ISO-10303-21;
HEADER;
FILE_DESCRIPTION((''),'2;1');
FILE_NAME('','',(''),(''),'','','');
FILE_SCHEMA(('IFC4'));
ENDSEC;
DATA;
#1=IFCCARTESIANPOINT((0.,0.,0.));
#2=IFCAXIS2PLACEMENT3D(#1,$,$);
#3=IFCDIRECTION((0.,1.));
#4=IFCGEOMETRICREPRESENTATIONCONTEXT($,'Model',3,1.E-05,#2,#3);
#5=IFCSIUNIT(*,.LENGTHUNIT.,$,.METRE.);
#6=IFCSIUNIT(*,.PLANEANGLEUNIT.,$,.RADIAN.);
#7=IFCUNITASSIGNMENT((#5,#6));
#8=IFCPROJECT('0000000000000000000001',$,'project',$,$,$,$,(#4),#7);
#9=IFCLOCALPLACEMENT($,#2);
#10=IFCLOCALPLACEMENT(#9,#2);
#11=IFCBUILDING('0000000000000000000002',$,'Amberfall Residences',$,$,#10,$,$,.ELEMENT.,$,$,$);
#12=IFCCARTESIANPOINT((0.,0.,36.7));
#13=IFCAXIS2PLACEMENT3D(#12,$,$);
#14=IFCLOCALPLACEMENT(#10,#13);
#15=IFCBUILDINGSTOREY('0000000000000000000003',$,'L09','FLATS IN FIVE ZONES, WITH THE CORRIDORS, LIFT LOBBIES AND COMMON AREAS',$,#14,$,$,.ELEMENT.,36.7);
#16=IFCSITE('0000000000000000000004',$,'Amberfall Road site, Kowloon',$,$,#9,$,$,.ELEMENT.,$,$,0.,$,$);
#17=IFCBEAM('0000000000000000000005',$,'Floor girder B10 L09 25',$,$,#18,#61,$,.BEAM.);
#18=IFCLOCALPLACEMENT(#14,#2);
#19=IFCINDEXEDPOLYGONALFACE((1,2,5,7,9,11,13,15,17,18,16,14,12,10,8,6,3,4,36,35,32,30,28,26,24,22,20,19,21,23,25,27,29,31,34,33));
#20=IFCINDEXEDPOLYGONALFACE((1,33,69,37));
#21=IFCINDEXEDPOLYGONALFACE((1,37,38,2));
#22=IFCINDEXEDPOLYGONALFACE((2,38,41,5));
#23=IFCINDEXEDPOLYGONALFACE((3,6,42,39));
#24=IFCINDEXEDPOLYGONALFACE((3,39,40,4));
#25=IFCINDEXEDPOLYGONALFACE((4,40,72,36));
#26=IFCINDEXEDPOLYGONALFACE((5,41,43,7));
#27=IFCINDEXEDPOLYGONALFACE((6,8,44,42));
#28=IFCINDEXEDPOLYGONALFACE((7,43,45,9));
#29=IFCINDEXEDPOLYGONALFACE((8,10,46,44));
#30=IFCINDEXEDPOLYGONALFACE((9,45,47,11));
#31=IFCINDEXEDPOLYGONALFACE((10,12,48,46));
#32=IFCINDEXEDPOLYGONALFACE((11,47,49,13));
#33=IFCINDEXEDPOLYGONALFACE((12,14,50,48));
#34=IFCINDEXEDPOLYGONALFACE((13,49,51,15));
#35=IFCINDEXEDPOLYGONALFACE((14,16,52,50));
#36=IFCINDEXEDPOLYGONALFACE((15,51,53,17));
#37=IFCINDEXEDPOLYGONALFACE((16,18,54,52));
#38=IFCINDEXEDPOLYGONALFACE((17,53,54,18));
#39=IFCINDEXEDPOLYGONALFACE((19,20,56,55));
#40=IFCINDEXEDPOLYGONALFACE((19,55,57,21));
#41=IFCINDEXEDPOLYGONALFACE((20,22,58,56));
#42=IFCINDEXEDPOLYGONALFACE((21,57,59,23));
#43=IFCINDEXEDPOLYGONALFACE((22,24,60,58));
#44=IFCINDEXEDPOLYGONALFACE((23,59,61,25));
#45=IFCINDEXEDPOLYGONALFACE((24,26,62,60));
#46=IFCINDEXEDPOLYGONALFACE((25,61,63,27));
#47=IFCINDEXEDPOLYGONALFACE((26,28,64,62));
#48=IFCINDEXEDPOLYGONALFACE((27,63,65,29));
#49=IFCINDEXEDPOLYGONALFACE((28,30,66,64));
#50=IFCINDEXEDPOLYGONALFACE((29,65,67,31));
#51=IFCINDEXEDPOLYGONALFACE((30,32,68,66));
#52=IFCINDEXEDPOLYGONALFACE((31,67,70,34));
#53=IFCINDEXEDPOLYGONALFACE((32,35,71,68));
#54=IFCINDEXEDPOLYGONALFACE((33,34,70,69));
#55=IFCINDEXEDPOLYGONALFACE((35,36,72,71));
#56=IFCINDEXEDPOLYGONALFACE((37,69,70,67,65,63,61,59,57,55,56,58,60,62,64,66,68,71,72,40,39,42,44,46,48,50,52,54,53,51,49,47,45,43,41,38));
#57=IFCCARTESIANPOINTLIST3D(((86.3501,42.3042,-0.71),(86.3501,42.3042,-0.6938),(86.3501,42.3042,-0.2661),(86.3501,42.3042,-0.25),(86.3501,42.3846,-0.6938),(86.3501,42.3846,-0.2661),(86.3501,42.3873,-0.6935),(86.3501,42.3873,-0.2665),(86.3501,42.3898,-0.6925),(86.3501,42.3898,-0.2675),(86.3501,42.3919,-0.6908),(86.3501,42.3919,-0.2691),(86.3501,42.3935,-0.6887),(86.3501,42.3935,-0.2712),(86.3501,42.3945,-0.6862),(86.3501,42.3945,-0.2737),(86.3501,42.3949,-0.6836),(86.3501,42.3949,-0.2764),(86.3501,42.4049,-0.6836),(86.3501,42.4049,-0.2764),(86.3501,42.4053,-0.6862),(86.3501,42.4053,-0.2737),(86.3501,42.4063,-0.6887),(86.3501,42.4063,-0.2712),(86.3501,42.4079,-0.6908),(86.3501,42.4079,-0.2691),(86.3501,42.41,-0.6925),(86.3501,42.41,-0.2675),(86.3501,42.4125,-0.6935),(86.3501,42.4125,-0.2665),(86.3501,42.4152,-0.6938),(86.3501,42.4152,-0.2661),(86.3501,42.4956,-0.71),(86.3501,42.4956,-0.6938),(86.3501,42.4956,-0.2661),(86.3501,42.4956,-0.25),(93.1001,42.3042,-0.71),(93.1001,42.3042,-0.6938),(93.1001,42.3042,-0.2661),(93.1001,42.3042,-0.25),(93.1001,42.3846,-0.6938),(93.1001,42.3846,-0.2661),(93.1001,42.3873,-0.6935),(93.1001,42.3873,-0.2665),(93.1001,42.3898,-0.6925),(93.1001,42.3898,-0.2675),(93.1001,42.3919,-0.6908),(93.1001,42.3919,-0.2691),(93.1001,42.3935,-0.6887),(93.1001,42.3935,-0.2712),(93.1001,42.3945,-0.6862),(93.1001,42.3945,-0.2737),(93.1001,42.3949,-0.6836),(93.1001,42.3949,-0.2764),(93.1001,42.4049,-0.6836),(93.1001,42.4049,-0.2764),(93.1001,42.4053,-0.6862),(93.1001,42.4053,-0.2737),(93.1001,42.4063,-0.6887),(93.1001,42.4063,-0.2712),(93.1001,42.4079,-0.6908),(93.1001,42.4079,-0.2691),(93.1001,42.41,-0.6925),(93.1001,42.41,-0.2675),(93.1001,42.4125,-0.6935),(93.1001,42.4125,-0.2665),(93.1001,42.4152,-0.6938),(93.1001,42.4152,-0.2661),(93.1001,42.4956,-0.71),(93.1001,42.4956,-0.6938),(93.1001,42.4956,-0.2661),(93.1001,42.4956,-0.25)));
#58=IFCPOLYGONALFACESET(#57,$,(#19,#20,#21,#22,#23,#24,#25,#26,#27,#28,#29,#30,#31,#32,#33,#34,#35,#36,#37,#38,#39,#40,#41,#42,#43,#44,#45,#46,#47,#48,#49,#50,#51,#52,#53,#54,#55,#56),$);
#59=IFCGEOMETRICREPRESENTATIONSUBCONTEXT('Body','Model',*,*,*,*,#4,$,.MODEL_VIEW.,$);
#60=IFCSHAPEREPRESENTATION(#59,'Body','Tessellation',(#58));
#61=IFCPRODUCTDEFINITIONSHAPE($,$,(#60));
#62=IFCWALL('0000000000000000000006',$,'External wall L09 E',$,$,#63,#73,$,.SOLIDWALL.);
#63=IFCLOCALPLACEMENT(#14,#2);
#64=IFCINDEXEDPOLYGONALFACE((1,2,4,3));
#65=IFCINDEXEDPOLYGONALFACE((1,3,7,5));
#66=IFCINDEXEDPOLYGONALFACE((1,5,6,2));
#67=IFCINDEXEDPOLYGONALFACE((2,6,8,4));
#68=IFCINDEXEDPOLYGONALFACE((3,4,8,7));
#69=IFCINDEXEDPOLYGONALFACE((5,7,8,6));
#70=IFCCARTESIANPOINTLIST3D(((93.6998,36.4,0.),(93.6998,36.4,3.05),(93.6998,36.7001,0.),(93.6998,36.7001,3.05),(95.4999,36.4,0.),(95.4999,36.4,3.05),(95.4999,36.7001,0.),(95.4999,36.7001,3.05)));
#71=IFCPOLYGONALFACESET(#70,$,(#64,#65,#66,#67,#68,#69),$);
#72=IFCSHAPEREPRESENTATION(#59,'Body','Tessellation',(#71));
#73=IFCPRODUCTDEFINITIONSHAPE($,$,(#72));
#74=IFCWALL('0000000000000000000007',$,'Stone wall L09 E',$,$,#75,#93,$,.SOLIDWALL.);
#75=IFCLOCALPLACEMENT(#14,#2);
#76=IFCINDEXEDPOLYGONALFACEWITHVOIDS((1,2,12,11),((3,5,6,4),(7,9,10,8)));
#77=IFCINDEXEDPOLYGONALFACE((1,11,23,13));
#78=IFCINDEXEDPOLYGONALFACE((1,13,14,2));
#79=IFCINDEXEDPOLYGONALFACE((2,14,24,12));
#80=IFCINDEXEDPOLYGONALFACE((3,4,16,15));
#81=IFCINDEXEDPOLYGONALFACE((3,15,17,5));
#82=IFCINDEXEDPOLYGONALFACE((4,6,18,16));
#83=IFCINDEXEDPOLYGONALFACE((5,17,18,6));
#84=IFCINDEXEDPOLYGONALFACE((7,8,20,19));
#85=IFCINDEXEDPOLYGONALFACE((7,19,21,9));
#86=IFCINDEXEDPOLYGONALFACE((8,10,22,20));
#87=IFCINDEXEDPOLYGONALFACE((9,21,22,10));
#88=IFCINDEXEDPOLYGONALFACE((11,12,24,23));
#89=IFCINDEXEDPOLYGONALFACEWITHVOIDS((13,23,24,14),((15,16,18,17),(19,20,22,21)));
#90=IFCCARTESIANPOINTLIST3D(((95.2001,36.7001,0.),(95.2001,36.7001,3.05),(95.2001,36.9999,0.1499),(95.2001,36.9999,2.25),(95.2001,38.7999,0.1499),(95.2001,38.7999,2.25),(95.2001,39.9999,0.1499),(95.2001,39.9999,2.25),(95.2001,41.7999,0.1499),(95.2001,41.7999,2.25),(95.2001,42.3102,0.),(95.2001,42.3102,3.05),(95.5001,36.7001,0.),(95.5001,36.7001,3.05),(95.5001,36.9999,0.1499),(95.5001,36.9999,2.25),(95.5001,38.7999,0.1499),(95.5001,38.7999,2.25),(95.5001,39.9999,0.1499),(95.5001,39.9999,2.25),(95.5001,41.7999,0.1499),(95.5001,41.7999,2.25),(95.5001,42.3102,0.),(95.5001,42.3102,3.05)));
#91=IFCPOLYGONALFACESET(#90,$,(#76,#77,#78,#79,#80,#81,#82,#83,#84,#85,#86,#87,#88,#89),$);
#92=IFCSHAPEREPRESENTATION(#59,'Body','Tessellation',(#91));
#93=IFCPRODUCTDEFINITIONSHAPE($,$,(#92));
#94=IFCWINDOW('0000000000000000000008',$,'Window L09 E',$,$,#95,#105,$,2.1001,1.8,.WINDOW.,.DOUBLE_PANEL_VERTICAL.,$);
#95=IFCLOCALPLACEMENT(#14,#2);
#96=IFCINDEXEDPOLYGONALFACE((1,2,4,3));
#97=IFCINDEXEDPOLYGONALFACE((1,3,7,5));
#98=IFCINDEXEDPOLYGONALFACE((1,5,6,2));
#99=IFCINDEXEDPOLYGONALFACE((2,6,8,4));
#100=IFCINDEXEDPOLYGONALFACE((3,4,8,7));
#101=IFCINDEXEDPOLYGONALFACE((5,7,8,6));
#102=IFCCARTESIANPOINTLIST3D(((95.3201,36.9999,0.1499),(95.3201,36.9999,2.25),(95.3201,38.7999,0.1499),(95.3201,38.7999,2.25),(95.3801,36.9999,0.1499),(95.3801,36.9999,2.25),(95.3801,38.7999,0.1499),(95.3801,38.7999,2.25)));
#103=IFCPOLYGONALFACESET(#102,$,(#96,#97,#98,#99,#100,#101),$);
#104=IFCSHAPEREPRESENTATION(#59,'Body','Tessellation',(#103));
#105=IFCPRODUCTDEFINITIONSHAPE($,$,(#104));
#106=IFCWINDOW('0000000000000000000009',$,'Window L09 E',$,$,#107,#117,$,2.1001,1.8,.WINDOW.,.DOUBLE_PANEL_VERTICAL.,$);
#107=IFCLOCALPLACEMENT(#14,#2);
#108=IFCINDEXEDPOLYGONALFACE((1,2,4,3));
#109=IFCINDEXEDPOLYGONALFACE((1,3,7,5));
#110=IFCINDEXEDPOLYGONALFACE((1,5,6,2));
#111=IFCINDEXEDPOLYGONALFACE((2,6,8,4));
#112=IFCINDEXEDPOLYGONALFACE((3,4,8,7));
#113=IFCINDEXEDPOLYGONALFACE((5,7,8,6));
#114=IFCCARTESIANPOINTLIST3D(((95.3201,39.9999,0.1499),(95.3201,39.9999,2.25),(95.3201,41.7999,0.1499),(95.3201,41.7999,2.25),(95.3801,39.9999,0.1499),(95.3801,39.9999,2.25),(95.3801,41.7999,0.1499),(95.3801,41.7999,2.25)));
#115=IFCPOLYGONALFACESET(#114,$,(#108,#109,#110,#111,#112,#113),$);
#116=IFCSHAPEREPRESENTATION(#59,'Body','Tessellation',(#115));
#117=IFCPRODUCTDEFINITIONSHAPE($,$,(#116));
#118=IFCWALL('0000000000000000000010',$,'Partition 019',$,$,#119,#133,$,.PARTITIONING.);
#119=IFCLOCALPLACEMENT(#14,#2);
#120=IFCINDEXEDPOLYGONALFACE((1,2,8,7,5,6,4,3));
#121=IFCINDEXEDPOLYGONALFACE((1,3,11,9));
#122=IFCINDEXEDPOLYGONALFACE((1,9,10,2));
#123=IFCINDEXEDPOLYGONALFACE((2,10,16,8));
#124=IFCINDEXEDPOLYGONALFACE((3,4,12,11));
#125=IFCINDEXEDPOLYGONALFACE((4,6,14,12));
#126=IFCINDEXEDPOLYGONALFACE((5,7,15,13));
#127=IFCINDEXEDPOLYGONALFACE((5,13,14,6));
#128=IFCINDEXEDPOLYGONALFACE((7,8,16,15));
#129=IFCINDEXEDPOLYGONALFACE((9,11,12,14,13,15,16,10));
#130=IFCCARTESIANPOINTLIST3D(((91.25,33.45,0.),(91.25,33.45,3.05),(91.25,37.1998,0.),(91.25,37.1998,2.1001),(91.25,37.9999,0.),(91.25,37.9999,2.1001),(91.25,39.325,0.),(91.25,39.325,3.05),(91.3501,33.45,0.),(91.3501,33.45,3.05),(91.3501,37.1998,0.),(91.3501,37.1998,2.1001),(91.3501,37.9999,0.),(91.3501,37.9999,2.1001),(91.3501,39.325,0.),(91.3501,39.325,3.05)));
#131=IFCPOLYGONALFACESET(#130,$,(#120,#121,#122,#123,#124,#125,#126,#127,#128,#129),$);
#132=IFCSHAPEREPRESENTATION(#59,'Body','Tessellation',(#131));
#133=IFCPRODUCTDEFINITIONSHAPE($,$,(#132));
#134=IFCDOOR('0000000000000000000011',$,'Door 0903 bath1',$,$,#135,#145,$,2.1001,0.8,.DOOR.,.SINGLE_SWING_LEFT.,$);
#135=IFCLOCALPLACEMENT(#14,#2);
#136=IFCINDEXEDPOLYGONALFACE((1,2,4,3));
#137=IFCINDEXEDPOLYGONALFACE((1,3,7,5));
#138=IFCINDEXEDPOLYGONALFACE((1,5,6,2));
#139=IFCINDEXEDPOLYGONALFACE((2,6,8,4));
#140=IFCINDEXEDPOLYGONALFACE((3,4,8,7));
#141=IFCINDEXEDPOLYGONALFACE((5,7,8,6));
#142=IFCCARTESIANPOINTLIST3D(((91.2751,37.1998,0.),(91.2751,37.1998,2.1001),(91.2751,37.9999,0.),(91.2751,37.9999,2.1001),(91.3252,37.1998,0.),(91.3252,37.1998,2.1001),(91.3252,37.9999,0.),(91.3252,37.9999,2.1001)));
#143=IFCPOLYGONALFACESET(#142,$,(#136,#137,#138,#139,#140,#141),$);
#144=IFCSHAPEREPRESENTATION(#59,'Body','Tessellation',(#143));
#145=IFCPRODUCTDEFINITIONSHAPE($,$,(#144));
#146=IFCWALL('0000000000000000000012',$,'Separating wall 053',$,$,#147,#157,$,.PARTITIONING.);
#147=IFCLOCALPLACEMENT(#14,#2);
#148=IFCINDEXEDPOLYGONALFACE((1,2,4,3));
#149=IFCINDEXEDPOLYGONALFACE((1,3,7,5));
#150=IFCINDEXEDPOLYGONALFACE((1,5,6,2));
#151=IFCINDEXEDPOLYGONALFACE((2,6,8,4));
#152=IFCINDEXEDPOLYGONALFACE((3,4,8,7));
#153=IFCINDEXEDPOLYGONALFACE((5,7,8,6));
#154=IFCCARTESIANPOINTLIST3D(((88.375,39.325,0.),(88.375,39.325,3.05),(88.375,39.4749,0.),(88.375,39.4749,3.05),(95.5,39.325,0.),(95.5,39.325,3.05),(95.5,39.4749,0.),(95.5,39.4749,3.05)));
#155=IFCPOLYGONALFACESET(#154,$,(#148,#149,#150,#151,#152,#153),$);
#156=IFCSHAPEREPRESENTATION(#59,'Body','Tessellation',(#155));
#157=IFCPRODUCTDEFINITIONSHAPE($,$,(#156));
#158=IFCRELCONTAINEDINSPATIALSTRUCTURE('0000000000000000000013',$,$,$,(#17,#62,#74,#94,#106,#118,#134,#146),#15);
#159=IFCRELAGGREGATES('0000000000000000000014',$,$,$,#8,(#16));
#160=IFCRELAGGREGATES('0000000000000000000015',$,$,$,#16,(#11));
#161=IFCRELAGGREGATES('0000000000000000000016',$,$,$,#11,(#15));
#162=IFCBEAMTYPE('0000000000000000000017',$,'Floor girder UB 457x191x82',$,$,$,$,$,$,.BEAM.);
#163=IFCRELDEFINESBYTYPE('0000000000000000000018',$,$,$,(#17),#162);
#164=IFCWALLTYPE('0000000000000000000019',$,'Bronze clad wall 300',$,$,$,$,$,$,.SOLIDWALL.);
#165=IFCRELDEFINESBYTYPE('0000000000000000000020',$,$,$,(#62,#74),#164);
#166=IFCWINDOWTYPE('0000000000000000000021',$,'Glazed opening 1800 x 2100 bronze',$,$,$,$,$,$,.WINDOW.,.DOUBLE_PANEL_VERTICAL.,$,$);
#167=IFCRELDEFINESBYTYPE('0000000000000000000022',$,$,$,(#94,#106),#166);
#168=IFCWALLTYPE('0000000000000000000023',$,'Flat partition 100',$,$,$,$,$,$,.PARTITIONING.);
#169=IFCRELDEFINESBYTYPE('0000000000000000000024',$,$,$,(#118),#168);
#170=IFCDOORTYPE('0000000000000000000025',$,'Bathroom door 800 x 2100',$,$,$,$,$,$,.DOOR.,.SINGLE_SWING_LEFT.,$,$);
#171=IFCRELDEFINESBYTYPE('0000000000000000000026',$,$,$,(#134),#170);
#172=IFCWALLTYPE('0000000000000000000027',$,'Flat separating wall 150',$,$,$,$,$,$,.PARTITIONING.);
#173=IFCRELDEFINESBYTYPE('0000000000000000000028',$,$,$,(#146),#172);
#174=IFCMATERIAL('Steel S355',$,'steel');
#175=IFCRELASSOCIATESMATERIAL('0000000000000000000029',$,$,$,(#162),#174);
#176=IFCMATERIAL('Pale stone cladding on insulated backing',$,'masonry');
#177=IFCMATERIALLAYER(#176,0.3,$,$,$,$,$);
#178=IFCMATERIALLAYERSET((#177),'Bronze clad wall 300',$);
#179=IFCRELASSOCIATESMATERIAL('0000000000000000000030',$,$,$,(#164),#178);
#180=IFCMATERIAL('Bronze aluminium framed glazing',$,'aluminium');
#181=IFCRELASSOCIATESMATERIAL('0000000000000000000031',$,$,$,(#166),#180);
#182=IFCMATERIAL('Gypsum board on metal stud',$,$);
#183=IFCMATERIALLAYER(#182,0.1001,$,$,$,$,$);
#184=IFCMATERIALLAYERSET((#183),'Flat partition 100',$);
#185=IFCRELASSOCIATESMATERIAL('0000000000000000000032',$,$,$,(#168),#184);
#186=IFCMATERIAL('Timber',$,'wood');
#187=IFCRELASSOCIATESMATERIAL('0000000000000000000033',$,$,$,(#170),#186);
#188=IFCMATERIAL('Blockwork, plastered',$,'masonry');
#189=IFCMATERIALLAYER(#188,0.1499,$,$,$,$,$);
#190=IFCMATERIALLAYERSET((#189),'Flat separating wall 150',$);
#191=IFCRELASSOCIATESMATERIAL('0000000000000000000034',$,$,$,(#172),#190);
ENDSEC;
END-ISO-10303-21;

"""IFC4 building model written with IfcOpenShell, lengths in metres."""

from ifc_helpers import new_model, si_unit, direction, frame, frame_2d, origin, origin_2d, place, context, subcontext, project, spatial, rectangle, i_section, extrude, material, layer, layer_set, material_profile, profile_set, type_object, element, fill, save


model = new_model("IFC4")

# Units and contexts
model_context = context("Model", 3, precision=1e-05, world=origin(), true_north=direction((0.0, 1.0)))
body_context = subcontext(model_context, "Body", "Model", "MODEL_VIEW")
ifc_project = project(units=[si_unit("LENGTHUNIT", "METRE"), si_unit("PLANEANGLEUNIT", "RADIAN")], contexts=[model_context])

# Site, building, storey
site_placement = place(None, origin())
site = spatial("IfcSite", under=ifc_project, at=site_placement, Name="Amberfall Road site, Kowloon", CompositionType="ELEMENT", RefElevation=0.0)
building_placement = place(site_placement, origin())
building = spatial("IfcBuilding", under=site, at=building_placement, Name="Amberfall Residences", CompositionType="ELEMENT")
storey_placement = place(building_placement, frame((0.0, 0.0, 36.7)))
storey = spatial("IfcBuildingStorey", under=building, at=storey_placement, Name="L09", Description="FLATS IN FIVE ZONES, WITH THE CORRIDORS, LIFT LOBBIES AND COMMON AREAS", CompositionType="ELEMENT", Elevation=36.7)

# Beam
ifc_material_1 = material(Name="Steel S355", Category="steel")
ifc_material_profile_1 = material_profile(ifc_material_1, i_section(OverallWidth=0.1914, OverallDepth=0.46, WebThickness=0.01, FlangeThickness=0.0161, FilletRadius=0.0103, at=origin_2d()), Name="UB 457x191x82")
ifc_profile_set_1 = profile_set([ifc_material_profile_1], Name="Steel S355")
beam_type_1 = type_object("IfcBeamType", Name="Floor girder UB 457x191x82", PredefinedType="BEAM", material=ifc_profile_set_1)
beam_1_placement = place(storey_placement, frame((93.1001, 42.3999, -0.48), z_axis=(-1.0, 0.0, 0.0), x_axis=(0.0, -1.0, 0.0)))
element("IfcBeam", 1, at=beam_1_placement, inside=storey, type_object=beam_type_1, Name="Floor girder B10 L09 25", PredefinedType="BEAM", context=body_context, shape_type="SweptSolid", body=[
    extrude(i_section(OverallWidth=0.1914, OverallDepth=0.46, WebThickness=0.01, FlangeThickness=0.0161, FilletRadius=0.0103, at=origin_2d()), origin(), (0.0, 0.0, 1.0), 6.75),
])

# Wall
ifc_material_2 = material(Name="Pale stone cladding on insulated backing", Category="masonry")
ifc_layer_1 = layer(ifc_material_2, 0.3)
ifc_layer_set_1 = layer_set([ifc_layer_1], Name="Bronze clad wall 300")
wall_type_1 = type_object("IfcWallType", Name="Bronze clad wall 300", PredefinedType="SOLIDWALL", material=ifc_layer_set_1)
wall_1_placement = place(storey_placement, frame((93.7, 36.55, 0.0), z_axis=(0.0, 0.0, 1.0), x_axis=(1.0, 0.0, 0.0)))
element("IfcWall", 2, at=wall_1_placement, inside=storey, type_object=wall_type_1, Name="External wall L09 E", PredefinedType="SOLIDWALL", context=body_context, shape_type="SweptSolid", body=[
    extrude(rectangle(XDim=1.8, YDim=0.3, at=frame_2d((0.8999, 0.0))), origin(), (0.0, 0.0, 1.0), 3.05),
])

# Wall, openings, windows
wall_2_placement = place(storey_placement, frame((95.3501, 36.7, 0.0), z_axis=(0.0, 0.0, 1.0), x_axis=(0.0, 1.0, 0.0)))
wall_2 = element("IfcWall", 3, at=wall_2_placement, inside=storey, type_object=wall_type_1, Name="Stone wall L09 E", PredefinedType="SOLIDWALL", context=body_context, shape_type="SweptSolid", body=[
    extrude(rectangle(XDim=5.6101, YDim=0.3, at=frame_2d((2.8052, 0.0))), origin(), (0.0, 0.0, 1.0), 3.05),
])
opening_1_placement = place(wall_2_placement, frame((0.3, 0.0, 0.1499)))
opening_1 = element("IfcOpeningElement", 4, at=opening_1_placement, cuts=wall_2, PredefinedType="OPENING", context=body_context, shape_type="SweptSolid", body=[
    extrude(rectangle(XDim=1.8, YDim=2.1001, at=frame_2d((0.8999, 1.05))), frame((0.0, 0.1599, 0.0), z_axis=(0.0, -1.0, 0.0), x_axis=(1.0, 0.0, 0.0)), (0.0, 0.0, 1.0), 0.3201),
])
opening_2_placement = place(wall_2_placement, frame((3.3, 0.0, 0.1499)))
opening_2 = element("IfcOpeningElement", 5, at=opening_2_placement, cuts=wall_2, PredefinedType="OPENING", context=body_context, shape_type="SweptSolid", body=[
    extrude(rectangle(XDim=1.8, YDim=2.1001, at=frame_2d((0.8999, 1.05))), frame((0.0, 0.1599, 0.0), z_axis=(0.0, -1.0, 0.0), x_axis=(1.0, 0.0, 0.0)), (0.0, 0.0, 1.0), 0.3201),
])
ifc_material_3 = material(Name="Bronze aluminium framed glazing", Category="aluminium")
window_type = type_object("IfcWindowType", Name="Glazed opening 1800 x 2100 bronze", PartitioningType="DOUBLE_PANEL_VERTICAL", PredefinedType="WINDOW", material=ifc_material_3)
window_1_placement = place(opening_1_placement, origin())
window_1 = element("IfcWindow", 6, at=window_1_placement, inside=storey, type_object=window_type, Name="Window L09 E", OverallHeight=2.1001, OverallWidth=1.8, PartitioningType="DOUBLE_PANEL_VERTICAL", PredefinedType="WINDOW", context=body_context, shape_type="SweptSolid", body=[
    extrude(rectangle(XDim=1.8, YDim=2.1001, at=frame_2d((0.8999, 1.05))), frame((0.0, 0.03, 0.0), z_axis=(0.0, -1.0, 0.0), x_axis=(1.0, 0.0, 0.0)), (0.0, 0.0, 1.0), 0.0601),
])
fill(opening_1, window_1)
window_2_placement = place(opening_2_placement, origin())
window_2 = element("IfcWindow", 7, at=window_2_placement, inside=storey, type_object=window_type, Name="Window L09 E", OverallHeight=2.1001, OverallWidth=1.8, PartitioningType="DOUBLE_PANEL_VERTICAL", PredefinedType="WINDOW", context=body_context, shape_type="SweptSolid", body=[
    extrude(rectangle(XDim=1.8, YDim=2.1001, at=frame_2d((0.8999, 1.05))), frame((0.0, 0.03, 0.0), z_axis=(0.0, -1.0, 0.0), x_axis=(1.0, 0.0, 0.0)), (0.0, 0.0, 1.0), 0.0601),
])
fill(opening_2, window_2)

# Wall, opening, door
ifc_material_4 = material(Name="Gypsum board on metal stud")
ifc_layer_2 = layer(ifc_material_4, 0.1001)
ifc_layer_set_2 = layer_set([ifc_layer_2], Name="Flat partition 100")
wall_type_2 = type_object("IfcWallType", Name="Flat partition 100", PredefinedType="PARTITIONING", material=ifc_layer_set_2)
wall_3_placement = place(storey_placement, frame((91.3, 33.45, 0.0), z_axis=(0.0, 0.0, 1.0), x_axis=(0.0, 1.0, 0.0)))
wall_3 = element("IfcWall", 8, at=wall_3_placement, inside=storey, type_object=wall_type_2, Name="Partition 019", PredefinedType="PARTITIONING", context=body_context, shape_type="SweptSolid", body=[
    extrude(rectangle(XDim=5.875, YDim=0.1001, at=frame_2d((2.9375, 0.0))), origin(), (0.0, 0.0, 1.0), 3.05),
])
opening_3_placement = place(wall_3_placement, frame((3.75, 0.0, 0.0)))
opening_3 = element("IfcOpeningElement", 9, at=opening_3_placement, cuts=wall_3, PredefinedType="OPENING", context=body_context, shape_type="SweptSolid", body=[
    extrude(rectangle(XDim=0.8, YDim=2.1001, at=frame_2d((0.3999, 1.05))), frame((0.0, 0.0601, 0.0), z_axis=(0.0, -1.0, 0.0), x_axis=(1.0, 0.0, 0.0)), (0.0, 0.0, 1.0), 0.1201),
])
ifc_material_5 = material(Name="Timber", Category="wood")
door_type_1 = type_object("IfcDoorType", Name="Bathroom door 800 x 2100", OperationType="SINGLE_SWING_LEFT", PredefinedType="DOOR", material=ifc_material_5)
door_1_placement = place(opening_3_placement, origin())
door_1 = element("IfcDoor", 10, at=door_1_placement, inside=storey, type_object=door_type_1, Name="Door 0903 bath1", OperationType="SINGLE_SWING_LEFT", OverallHeight=2.1001, OverallWidth=0.8, PredefinedType="DOOR", context=body_context, shape_type="SweptSolid", body=[
    extrude(rectangle(XDim=0.8, YDim=2.1001, at=frame_2d((0.3999, 1.05))), frame((0.0, 0.0249, 0.0), z_axis=(0.0, -1.0, 0.0), x_axis=(1.0, 0.0, 0.0)), (0.0, 0.0, 1.0), 0.05),
])
fill(opening_3, door_1)

# Wall
ifc_material_6 = material(Name="Blockwork, plastered", Category="masonry")
ifc_layer_3 = layer(ifc_material_6, 0.1499)
ifc_layer_set_3 = layer_set([ifc_layer_3], Name="Flat separating wall 150")
wall_type_3 = type_object("IfcWallType", Name="Flat separating wall 150", PredefinedType="PARTITIONING", material=ifc_layer_set_3)
wall_4_placement = place(storey_placement, frame((88.375, 39.3999, 0.0), z_axis=(0.0, 0.0, 1.0), x_axis=(1.0, 0.0, 0.0)))
element("IfcWall", 11, at=wall_4_placement, inside=storey, type_object=wall_type_3, Name="Separating wall 053", PredefinedType="PARTITIONING", context=body_context, shape_type="SweptSolid", body=[
    extrude(rectangle(XDim=7.125, YDim=0.1499, at=frame_2d((3.5625, 0.0))), origin(), (0.0, 0.0, 1.0), 3.05),
])

save(model, "model.ifc")
